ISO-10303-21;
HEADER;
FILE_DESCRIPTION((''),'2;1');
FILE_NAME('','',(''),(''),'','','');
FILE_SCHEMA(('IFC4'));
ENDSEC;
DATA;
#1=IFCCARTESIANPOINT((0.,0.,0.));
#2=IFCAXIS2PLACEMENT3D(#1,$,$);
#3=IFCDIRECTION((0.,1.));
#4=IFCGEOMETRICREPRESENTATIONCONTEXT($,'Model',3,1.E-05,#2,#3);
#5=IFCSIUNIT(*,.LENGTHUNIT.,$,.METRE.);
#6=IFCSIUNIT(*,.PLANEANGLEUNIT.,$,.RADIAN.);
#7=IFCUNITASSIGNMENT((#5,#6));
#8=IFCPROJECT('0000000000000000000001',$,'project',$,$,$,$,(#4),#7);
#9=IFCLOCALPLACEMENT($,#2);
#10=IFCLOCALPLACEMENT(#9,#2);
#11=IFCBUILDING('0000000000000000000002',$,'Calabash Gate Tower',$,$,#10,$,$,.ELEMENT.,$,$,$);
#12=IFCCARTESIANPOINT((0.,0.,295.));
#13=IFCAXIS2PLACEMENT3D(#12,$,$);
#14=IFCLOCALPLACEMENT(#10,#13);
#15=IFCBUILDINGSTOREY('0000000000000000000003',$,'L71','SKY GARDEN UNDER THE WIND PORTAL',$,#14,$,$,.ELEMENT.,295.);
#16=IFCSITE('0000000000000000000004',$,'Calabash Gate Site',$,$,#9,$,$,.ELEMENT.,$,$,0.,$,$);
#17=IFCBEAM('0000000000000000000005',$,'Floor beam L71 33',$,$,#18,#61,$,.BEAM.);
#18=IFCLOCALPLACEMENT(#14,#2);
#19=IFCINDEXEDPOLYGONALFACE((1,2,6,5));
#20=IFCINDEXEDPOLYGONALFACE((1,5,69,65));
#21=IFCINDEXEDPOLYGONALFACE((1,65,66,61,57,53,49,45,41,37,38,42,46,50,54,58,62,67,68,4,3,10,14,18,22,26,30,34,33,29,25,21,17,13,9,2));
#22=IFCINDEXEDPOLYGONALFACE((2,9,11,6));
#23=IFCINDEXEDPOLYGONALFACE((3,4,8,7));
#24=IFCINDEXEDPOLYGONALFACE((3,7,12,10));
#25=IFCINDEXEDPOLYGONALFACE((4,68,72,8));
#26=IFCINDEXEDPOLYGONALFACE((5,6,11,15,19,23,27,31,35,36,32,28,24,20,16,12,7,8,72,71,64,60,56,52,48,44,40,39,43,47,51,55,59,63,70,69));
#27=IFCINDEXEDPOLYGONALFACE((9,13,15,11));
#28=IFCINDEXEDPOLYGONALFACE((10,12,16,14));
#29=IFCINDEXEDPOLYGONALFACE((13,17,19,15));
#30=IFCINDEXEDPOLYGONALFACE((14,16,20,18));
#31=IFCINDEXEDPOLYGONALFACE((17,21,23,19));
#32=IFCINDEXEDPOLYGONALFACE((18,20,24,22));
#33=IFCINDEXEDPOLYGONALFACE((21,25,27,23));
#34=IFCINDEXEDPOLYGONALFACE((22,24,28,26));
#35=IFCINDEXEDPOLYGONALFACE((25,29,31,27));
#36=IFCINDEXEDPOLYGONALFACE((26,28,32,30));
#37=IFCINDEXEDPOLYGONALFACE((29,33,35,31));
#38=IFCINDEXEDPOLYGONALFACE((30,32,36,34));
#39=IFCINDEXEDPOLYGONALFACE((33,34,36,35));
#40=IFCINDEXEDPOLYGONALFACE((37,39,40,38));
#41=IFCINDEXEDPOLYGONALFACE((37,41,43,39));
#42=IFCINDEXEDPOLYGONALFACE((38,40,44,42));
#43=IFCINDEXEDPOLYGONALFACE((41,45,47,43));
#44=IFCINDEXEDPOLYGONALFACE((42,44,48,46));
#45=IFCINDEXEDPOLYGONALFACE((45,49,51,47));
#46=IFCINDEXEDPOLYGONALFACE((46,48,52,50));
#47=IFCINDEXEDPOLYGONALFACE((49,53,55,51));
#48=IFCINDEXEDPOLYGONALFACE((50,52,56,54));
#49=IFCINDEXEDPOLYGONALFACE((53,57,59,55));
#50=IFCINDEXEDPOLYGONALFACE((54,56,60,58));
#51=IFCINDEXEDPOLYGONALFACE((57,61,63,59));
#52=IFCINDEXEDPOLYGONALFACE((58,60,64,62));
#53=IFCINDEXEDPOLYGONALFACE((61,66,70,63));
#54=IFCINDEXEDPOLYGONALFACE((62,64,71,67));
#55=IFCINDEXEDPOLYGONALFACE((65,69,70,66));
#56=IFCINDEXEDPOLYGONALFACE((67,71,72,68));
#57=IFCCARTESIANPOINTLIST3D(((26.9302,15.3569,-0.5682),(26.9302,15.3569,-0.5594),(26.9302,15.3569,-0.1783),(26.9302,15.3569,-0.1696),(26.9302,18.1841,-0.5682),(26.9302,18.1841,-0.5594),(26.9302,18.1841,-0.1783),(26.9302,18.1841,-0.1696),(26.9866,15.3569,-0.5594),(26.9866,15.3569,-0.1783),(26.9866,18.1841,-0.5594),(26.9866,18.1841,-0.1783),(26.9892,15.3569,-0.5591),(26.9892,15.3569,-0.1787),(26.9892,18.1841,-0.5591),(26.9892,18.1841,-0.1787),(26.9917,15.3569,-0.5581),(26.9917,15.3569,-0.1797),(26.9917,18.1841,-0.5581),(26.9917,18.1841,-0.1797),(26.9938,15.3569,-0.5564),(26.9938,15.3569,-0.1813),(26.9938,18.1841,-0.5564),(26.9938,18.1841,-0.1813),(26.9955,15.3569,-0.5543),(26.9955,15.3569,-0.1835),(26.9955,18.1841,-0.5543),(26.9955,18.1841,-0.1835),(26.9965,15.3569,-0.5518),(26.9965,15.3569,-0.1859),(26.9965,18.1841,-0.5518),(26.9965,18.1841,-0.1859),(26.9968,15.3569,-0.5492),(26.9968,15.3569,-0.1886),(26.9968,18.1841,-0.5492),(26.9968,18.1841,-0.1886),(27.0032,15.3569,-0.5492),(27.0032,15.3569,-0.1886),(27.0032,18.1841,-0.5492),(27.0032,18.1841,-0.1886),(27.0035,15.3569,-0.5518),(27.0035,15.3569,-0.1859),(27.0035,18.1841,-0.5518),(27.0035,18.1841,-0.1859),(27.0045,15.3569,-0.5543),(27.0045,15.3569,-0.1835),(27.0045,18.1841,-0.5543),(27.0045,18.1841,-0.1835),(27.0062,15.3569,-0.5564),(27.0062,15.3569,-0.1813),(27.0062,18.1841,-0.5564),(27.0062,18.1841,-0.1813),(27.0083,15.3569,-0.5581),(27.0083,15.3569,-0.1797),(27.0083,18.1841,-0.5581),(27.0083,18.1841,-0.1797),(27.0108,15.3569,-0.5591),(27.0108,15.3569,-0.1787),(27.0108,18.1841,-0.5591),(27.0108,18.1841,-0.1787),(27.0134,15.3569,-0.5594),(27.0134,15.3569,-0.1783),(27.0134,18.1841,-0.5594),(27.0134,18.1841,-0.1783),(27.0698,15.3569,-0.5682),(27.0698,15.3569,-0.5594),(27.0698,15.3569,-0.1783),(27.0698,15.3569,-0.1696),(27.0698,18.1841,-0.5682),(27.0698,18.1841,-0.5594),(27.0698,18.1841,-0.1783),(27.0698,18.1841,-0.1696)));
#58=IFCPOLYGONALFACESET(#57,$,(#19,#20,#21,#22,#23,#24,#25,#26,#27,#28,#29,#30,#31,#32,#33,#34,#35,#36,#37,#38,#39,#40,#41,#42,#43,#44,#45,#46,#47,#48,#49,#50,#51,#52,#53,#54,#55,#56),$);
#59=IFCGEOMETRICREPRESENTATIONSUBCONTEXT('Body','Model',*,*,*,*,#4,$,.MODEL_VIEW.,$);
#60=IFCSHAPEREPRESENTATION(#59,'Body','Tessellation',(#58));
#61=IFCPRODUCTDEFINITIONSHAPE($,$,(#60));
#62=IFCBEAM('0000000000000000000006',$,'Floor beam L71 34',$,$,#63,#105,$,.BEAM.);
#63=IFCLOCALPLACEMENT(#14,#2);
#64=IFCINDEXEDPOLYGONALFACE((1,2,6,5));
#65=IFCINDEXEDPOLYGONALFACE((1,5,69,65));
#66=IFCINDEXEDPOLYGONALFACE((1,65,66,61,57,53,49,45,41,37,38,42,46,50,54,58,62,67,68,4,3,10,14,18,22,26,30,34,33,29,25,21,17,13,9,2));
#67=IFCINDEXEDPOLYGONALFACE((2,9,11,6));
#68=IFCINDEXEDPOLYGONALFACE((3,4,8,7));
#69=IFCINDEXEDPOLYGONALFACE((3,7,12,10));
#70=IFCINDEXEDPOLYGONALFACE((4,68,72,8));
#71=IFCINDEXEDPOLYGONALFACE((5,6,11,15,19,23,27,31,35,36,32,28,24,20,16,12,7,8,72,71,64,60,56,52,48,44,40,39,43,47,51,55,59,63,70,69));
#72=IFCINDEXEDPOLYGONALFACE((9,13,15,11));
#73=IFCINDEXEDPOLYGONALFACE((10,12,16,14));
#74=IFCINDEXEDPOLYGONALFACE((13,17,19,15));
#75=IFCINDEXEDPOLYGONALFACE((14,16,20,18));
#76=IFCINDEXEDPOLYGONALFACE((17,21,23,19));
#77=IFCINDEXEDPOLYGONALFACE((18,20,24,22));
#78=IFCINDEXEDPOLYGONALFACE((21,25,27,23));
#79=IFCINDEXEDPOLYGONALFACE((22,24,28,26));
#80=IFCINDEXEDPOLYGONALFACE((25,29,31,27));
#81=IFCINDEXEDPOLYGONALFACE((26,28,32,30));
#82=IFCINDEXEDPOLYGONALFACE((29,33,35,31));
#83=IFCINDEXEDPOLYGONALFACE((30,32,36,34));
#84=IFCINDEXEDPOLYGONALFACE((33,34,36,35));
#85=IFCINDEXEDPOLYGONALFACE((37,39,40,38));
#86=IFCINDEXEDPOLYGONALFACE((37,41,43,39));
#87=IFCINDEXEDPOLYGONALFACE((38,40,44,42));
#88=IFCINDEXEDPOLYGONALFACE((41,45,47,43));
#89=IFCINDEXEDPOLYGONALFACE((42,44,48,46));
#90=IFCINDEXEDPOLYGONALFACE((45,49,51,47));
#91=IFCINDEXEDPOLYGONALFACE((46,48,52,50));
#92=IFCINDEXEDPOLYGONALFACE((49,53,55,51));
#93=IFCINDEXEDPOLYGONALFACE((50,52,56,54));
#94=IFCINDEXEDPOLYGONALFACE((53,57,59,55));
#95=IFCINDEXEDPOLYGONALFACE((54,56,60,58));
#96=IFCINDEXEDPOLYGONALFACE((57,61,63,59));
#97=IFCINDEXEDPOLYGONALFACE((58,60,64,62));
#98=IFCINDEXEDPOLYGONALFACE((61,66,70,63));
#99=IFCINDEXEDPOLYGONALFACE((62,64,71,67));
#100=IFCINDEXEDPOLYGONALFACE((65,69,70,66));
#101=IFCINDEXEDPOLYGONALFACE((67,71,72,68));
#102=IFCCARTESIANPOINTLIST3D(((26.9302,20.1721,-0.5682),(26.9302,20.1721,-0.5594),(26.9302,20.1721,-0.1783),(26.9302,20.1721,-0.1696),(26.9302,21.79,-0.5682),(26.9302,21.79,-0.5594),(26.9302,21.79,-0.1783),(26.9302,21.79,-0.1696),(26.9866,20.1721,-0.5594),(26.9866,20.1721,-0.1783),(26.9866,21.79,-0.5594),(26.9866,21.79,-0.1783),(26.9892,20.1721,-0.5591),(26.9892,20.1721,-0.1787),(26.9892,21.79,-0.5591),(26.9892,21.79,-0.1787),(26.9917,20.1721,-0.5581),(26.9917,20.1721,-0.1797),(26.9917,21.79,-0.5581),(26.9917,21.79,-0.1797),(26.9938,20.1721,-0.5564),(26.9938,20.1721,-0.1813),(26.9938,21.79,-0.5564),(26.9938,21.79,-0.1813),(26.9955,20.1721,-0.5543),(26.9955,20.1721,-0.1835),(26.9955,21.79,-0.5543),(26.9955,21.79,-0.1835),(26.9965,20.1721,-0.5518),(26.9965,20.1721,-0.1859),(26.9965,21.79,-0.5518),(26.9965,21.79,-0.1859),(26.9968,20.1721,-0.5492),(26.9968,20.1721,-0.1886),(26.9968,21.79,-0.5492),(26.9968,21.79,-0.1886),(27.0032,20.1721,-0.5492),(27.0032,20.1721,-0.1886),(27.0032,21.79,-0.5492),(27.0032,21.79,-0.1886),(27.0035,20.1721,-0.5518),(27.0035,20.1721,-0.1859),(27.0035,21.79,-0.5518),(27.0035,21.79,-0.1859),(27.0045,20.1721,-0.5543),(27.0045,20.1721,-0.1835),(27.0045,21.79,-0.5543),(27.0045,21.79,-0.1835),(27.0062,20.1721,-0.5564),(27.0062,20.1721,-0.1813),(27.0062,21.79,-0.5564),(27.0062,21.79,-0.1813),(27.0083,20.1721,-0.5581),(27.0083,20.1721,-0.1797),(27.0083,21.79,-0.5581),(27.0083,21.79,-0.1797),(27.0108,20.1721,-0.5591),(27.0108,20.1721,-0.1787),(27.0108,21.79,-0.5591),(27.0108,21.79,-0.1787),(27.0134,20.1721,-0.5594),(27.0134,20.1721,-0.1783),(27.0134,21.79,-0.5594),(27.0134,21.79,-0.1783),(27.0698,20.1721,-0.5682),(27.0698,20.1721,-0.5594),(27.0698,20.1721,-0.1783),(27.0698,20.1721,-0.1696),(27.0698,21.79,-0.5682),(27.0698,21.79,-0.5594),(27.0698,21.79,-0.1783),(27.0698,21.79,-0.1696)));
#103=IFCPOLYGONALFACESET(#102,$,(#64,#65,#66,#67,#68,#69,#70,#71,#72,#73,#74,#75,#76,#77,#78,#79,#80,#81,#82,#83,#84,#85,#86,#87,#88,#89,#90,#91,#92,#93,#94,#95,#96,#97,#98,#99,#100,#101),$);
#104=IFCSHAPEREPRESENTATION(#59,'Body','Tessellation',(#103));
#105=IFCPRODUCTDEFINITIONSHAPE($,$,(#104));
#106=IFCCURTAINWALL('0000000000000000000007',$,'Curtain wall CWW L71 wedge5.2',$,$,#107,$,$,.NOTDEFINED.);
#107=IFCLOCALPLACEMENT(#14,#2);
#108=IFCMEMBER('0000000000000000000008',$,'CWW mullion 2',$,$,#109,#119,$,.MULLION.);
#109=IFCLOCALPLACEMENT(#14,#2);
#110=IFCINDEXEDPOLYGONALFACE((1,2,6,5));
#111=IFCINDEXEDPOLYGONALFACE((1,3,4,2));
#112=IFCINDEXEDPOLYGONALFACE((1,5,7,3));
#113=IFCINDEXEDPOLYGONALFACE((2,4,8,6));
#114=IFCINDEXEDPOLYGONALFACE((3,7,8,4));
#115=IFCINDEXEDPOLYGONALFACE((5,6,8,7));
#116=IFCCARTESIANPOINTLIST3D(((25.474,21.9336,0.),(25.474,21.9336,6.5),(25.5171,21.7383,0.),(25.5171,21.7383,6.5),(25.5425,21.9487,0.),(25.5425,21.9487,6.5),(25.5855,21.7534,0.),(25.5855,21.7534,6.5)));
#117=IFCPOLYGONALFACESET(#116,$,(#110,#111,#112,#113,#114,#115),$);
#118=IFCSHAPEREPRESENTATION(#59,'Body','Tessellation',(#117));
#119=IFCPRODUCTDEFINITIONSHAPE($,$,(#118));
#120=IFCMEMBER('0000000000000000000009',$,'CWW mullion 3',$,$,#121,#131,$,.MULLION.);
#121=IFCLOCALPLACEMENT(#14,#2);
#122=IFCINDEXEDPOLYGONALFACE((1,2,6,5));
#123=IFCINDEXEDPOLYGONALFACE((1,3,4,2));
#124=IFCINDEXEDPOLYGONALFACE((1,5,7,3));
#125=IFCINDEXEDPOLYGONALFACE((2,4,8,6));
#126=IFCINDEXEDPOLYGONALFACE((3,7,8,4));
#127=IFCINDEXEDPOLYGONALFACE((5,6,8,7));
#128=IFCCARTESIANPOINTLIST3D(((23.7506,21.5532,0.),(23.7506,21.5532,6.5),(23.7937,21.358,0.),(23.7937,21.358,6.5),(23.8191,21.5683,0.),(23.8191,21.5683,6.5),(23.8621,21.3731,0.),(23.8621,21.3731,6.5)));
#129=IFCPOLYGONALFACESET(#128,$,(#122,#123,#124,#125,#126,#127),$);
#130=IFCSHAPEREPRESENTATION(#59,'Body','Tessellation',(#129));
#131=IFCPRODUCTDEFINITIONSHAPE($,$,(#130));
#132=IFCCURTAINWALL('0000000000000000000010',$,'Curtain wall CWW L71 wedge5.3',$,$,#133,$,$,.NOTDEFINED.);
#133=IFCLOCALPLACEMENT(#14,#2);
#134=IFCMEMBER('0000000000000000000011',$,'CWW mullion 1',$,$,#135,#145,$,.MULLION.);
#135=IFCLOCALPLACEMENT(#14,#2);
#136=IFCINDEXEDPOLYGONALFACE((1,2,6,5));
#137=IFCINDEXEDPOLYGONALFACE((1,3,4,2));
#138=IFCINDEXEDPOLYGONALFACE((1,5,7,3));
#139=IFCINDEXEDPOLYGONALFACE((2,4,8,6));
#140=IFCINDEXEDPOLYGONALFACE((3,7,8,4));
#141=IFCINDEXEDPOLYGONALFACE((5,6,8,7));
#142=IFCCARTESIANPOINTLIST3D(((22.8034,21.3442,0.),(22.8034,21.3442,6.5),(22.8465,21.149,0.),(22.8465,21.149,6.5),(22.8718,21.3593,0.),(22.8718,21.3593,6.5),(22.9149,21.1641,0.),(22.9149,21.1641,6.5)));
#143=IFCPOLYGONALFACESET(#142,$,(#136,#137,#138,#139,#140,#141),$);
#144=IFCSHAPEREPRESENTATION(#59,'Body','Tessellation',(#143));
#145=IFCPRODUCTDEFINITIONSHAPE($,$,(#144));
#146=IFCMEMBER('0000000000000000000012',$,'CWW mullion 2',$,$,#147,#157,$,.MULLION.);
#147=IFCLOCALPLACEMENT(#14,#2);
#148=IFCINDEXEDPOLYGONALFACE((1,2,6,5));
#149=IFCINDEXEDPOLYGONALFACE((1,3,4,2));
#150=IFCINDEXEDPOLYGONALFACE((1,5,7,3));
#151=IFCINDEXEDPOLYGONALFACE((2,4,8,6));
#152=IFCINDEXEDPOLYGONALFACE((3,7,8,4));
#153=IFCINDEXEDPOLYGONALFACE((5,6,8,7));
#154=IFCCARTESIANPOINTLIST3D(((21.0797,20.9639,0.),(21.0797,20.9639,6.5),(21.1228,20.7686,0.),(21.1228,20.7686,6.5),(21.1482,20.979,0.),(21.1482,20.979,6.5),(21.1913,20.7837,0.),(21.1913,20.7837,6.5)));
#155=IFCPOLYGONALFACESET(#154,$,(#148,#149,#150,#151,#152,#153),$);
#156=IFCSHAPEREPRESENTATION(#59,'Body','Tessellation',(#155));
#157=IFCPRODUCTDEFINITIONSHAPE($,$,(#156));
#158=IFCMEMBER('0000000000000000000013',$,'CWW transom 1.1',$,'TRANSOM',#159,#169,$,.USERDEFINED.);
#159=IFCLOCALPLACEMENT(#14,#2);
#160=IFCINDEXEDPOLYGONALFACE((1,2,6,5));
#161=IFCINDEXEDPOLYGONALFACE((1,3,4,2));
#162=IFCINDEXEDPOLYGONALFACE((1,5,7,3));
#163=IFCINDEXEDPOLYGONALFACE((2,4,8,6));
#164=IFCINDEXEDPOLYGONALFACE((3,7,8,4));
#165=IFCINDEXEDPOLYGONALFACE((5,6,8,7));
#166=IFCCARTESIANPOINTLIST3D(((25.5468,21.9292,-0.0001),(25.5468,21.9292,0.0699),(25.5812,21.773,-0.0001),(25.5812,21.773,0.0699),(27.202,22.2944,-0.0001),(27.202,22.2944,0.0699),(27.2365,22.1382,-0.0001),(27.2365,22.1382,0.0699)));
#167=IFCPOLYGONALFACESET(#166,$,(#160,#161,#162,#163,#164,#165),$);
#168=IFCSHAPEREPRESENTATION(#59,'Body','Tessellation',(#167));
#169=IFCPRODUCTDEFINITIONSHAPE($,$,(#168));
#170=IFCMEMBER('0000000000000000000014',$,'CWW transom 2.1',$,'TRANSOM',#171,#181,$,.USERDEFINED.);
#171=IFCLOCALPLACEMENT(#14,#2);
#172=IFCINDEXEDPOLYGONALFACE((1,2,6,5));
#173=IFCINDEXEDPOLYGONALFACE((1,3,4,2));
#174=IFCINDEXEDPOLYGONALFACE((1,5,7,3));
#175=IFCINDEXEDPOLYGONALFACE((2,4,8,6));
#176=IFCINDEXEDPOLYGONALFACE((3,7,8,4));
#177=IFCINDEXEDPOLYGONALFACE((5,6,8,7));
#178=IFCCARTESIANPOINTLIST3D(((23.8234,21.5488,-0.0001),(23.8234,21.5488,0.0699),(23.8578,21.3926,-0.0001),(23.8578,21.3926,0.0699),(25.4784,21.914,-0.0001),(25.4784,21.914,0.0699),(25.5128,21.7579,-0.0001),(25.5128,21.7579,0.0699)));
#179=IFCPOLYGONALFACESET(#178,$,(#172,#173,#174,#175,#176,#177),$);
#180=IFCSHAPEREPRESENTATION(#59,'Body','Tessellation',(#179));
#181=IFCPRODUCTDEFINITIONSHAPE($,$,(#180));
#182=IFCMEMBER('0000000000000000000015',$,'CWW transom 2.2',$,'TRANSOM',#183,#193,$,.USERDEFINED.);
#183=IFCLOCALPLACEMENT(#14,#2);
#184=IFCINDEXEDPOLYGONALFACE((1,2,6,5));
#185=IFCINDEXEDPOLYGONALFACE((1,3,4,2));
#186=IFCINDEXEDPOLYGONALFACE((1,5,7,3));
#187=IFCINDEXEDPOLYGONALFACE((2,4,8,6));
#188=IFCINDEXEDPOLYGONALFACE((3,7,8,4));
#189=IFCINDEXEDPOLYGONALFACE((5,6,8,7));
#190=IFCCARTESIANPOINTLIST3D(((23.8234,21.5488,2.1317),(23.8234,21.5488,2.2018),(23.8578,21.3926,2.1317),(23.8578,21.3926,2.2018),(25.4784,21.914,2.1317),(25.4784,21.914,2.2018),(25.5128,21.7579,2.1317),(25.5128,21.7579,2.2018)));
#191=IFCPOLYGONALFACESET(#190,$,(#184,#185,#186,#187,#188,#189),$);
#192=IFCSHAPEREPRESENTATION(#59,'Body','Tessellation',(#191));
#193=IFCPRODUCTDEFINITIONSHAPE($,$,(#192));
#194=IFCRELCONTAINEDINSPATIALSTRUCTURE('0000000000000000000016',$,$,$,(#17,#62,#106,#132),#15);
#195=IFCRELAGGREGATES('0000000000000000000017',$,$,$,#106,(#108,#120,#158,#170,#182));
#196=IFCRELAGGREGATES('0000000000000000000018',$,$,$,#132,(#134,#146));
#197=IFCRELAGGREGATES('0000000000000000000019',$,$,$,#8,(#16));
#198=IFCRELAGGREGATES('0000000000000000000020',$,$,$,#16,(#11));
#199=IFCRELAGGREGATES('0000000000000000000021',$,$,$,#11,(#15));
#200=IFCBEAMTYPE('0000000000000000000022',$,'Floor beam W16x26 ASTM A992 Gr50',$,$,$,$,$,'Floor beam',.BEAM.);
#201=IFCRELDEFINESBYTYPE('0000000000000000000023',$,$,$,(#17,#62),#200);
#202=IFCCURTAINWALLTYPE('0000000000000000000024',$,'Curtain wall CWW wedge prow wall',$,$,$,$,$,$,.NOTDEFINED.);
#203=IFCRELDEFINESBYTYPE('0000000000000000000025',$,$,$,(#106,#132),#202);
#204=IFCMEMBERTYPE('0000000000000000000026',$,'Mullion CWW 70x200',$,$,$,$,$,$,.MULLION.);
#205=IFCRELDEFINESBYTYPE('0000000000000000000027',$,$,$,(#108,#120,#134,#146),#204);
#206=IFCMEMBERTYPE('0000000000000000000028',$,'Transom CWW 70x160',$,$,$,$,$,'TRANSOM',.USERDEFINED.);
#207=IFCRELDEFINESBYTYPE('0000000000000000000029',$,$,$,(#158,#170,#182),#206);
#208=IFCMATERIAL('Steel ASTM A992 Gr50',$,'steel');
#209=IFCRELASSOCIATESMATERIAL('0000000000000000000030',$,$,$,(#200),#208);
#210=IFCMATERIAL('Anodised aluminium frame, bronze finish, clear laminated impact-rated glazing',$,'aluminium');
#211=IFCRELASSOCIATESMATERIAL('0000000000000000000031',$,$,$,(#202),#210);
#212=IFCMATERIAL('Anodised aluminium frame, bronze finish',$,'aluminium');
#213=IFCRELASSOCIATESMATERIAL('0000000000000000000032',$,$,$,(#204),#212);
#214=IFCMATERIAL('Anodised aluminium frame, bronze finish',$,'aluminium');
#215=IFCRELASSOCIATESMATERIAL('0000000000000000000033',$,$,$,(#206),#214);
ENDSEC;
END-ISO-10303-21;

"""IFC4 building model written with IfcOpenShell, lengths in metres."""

from ifc_helpers import new_model, si_unit, direction, frame, origin, origin_2d, place, context, subcontext, project, spatial, rectangle, i_section, extrude, material, material_profile, profile_set, type_object, element, aggregate, save


model = new_model("IFC4")

# Units and contexts
model_context = context("Model", 3, precision=1e-05, world=origin(), true_north=direction((0.0, 1.0)))
body_context = subcontext(model_context, "Body", "Model", "MODEL_VIEW")
ifc_project = project(units=[si_unit("LENGTHUNIT", "METRE"), si_unit("PLANEANGLEUNIT", "RADIAN")], contexts=[model_context])

# Site, building, storey
site_placement = place(None, origin())
site = spatial("IfcSite", under=ifc_project, at=site_placement, Name="Calabash Gate Site", CompositionType="ELEMENT", RefElevation=0.0)
building_placement = place(site_placement, origin())
building = spatial("IfcBuilding", under=site, at=building_placement, Name="Calabash Gate Tower", CompositionType="ELEMENT")
storey_placement = place(building_placement, frame((0.0, 0.0, 295.0)))
storey = spatial("IfcBuildingStorey", under=building, at=storey_placement, Name="L71", Description="SKY GARDEN UNDER THE WIND PORTAL", CompositionType="ELEMENT", Elevation=295.0)

# Beams
ifc_material_1 = material(Name="Steel ASTM A992 Gr50", Category="steel")
ifc_material_profile_1 = material_profile(ifc_material_1, i_section(OverallWidth=0.1396, OverallDepth=0.3987, WebThickness=0.0063, FlangeThickness=0.0088, FilletRadius=0.0103, at=origin_2d()))
ifc_profile_set_1 = profile_set([ifc_material_profile_1], Name="Steel ASTM A992 Gr50")
beam_type_1 = type_object("IfcBeamType", Name="Floor beam W16x26 ASTM A992 Gr50", ElementType="Floor beam", PredefinedType="BEAM", material=ifc_profile_set_1)
beam_1_placement = place(storey_placement, frame((27.0, 15.3569, -0.3689), z_axis=(0.0, 1.0, 0.0), x_axis=(-1.0, 0.0, 0.0)))
element("IfcBeam", 1, at=beam_1_placement, inside=storey, type_object=beam_type_1, Name="Floor beam L71 33", PredefinedType="BEAM", context=body_context, shape_type="SweptSolid", body=[
    extrude(i_section(OverallWidth=0.1396, OverallDepth=0.3987, WebThickness=0.0063, FlangeThickness=0.0088, FilletRadius=0.0103, at=origin_2d()), origin(), (0.0, 0.0, 1.0), 2.8271),
])
beam_2_placement = place(storey_placement, frame((27.0, 20.1721, -0.3689), z_axis=(0.0, 1.0, 0.0), x_axis=(-1.0, 0.0, 0.0)))
element("IfcBeam", 2, at=beam_2_placement, inside=storey, type_object=beam_type_1, Name="Floor beam L71 34", PredefinedType="BEAM", context=body_context, shape_type="SweptSolid", body=[
    extrude(i_section(OverallWidth=0.1396, OverallDepth=0.3987, WebThickness=0.0063, FlangeThickness=0.0088, FilletRadius=0.0103, at=origin_2d()), origin(), (0.0, 0.0, 1.0), 1.6179),
])

# Curtain walls, members
ifc_material_2 = material(Name="Anodised aluminium frame, bronze finish, clear laminated impact-rated glazing", Category="aluminium")
curtain_wall_type = type_object("IfcCurtainWallType", Name="Curtain wall CWW wedge prow wall", PredefinedType="NOTDEFINED", material=ifc_material_2)
curtain_wall_1_placement = place(storey_placement, origin())
curtain_wall_1 = element("IfcCurtainWall", 3, at=curtain_wall_1_placement, inside=storey, type_object=curtain_wall_type, Name="Curtain wall CWW L71 wedge5.2", PredefinedType="NOTDEFINED")
ifc_material_3 = material(Name="Anodised aluminium frame, bronze finish", Category="aluminium")
ifc_material_profile_2 = material_profile(ifc_material_3, rectangle(XDim=0.2, YDim=0.0701, at=origin_2d()))
ifc_profile_set_2 = profile_set([ifc_material_profile_2], Name="Anodised aluminium frame, bronze finish")
member_type_1 = type_object("IfcMemberType", Name="Mullion CWW 70x200", PredefinedType="MULLION", material=ifc_profile_set_2)
member_1_placement = place(storey_placement, frame((25.5298, 21.8435, 0.0), z_axis=(0.0, 0.0, 1.0), x_axis=(0.215468, -0.976511, 0.0)))
member_1 = element("IfcMember", 4, at=member_1_placement, type_object=member_type_1, Name="CWW mullion 2", PredefinedType="MULLION", context=body_context, shape_type="SweptSolid", body=[
    extrude(rectangle(XDim=0.2, YDim=0.0701, at=origin_2d()), origin(), (0.0, 0.0, 1.0), 6.5),
])
member_2_placement = place(storey_placement, frame((23.8064, 21.4631, 0.0), z_axis=(0.0, 0.0, 1.0), x_axis=(0.215468, -0.976511, 0.0)))
member_2 = element("IfcMember", 5, at=member_2_placement, type_object=member_type_1, Name="CWW mullion 3", PredefinedType="MULLION", context=body_context, shape_type="SweptSolid", body=[
    extrude(rectangle(XDim=0.2, YDim=0.0701, at=origin_2d()), origin(), (0.0, 0.0, 1.0), 6.5),
])
curtain_wall_2_placement = place(storey_placement, origin())
curtain_wall_2 = element("IfcCurtainWall", 6, at=curtain_wall_2_placement, inside=storey, type_object=curtain_wall_type, Name="Curtain wall CWW L71 wedge5.3", PredefinedType="NOTDEFINED")
member_3_placement = place(storey_placement, frame((22.8591, 21.2542, 0.0), z_axis=(0.0, 0.0, 1.0), x_axis=(0.215468, -0.976511, 0.0)))
member_3 = element("IfcMember", 7, at=member_3_placement, type_object=member_type_1, Name="CWW mullion 1", PredefinedType="MULLION", context=body_context, shape_type="SweptSolid", body=[
    extrude(rectangle(XDim=0.2, YDim=0.0701, at=origin_2d()), origin(), (0.0, 0.0, 1.0), 6.5),
])
member_4_placement = place(storey_placement, frame((21.1355, 20.8738, 0.0), z_axis=(0.0, 0.0, 1.0), x_axis=(0.215468, -0.976511, 0.0)))
member_4 = element("IfcMember", 8, at=member_4_placement, type_object=member_type_1, Name="CWW mullion 2", PredefinedType="MULLION", context=body_context, shape_type="SweptSolid", body=[
    extrude(rectangle(XDim=0.2, YDim=0.0701, at=origin_2d()), origin(), (0.0, 0.0, 1.0), 6.5),
])

# Members
ifc_material_4 = material(Name="Anodised aluminium frame, bronze finish", Category="aluminium")
ifc_material_profile_3 = material_profile(ifc_material_4, rectangle(XDim=0.1599, YDim=0.0701, at=origin_2d()))
ifc_profile_set_3 = profile_set([ifc_material_profile_3], Name="Anodised aluminium frame, bronze finish")
member_type_2 = type_object("IfcMemberType", Name="Transom CWW 70x160", ElementType="TRANSOM", PredefinedType="USERDEFINED", material=ifc_profile_set_3)
member_5_placement = place(storey_placement, frame((27.2192, 22.2163, 0.0349), z_axis=(-0.976511, -0.215466, 0.0), x_axis=(0.215466, -0.976511, 0.0)))
member_5 = element("IfcMember", 9, at=member_5_placement, type_object=member_type_2, Name="CWW transom 1.1", ObjectType="TRANSOM", PredefinedType="USERDEFINED", context=body_context, shape_type="SweptSolid", body=[
    extrude(rectangle(XDim=0.1599, YDim=0.0701, at=origin_2d()), origin(), (0.0, 0.0, 1.0), 1.6951),
])
member_6_placement = place(storey_placement, frame((25.4956, 21.8359, 0.0349), z_axis=(-0.976505, -0.215497, 0.0), x_axis=(0.215497, -0.976505, 0.0)))
member_6 = element("IfcMember", 10, at=member_6_placement, type_object=member_type_2, Name="CWW transom 2.1", ObjectType="TRANSOM", PredefinedType="USERDEFINED", context=body_context, shape_type="SweptSolid", body=[
    extrude(rectangle(XDim=0.1599, YDim=0.0701, at=origin_2d()), origin(), (0.0, 0.0, 1.0), 1.6948),
])
member_7_placement = place(storey_placement, frame((25.4956, 21.8359, 2.1667), z_axis=(-0.976505, -0.215497, 0.0), x_axis=(0.215497, -0.976505, 0.0)))
member_7 = element("IfcMember", 11, at=member_7_placement, type_object=member_type_2, Name="CWW transom 2.2", ObjectType="TRANSOM", PredefinedType="USERDEFINED", context=body_context, shape_type="SweptSolid", body=[
    extrude(rectangle(XDim=0.1599, YDim=0.0701, at=origin_2d()), origin(), (0.0, 0.0, 1.0), 1.6948),
])

aggregate(curtain_wall_1, [member_1, member_2, member_5, member_6, member_7])
aggregate(curtain_wall_2, [member_3, member_4])

save(model, "model.ifc")
